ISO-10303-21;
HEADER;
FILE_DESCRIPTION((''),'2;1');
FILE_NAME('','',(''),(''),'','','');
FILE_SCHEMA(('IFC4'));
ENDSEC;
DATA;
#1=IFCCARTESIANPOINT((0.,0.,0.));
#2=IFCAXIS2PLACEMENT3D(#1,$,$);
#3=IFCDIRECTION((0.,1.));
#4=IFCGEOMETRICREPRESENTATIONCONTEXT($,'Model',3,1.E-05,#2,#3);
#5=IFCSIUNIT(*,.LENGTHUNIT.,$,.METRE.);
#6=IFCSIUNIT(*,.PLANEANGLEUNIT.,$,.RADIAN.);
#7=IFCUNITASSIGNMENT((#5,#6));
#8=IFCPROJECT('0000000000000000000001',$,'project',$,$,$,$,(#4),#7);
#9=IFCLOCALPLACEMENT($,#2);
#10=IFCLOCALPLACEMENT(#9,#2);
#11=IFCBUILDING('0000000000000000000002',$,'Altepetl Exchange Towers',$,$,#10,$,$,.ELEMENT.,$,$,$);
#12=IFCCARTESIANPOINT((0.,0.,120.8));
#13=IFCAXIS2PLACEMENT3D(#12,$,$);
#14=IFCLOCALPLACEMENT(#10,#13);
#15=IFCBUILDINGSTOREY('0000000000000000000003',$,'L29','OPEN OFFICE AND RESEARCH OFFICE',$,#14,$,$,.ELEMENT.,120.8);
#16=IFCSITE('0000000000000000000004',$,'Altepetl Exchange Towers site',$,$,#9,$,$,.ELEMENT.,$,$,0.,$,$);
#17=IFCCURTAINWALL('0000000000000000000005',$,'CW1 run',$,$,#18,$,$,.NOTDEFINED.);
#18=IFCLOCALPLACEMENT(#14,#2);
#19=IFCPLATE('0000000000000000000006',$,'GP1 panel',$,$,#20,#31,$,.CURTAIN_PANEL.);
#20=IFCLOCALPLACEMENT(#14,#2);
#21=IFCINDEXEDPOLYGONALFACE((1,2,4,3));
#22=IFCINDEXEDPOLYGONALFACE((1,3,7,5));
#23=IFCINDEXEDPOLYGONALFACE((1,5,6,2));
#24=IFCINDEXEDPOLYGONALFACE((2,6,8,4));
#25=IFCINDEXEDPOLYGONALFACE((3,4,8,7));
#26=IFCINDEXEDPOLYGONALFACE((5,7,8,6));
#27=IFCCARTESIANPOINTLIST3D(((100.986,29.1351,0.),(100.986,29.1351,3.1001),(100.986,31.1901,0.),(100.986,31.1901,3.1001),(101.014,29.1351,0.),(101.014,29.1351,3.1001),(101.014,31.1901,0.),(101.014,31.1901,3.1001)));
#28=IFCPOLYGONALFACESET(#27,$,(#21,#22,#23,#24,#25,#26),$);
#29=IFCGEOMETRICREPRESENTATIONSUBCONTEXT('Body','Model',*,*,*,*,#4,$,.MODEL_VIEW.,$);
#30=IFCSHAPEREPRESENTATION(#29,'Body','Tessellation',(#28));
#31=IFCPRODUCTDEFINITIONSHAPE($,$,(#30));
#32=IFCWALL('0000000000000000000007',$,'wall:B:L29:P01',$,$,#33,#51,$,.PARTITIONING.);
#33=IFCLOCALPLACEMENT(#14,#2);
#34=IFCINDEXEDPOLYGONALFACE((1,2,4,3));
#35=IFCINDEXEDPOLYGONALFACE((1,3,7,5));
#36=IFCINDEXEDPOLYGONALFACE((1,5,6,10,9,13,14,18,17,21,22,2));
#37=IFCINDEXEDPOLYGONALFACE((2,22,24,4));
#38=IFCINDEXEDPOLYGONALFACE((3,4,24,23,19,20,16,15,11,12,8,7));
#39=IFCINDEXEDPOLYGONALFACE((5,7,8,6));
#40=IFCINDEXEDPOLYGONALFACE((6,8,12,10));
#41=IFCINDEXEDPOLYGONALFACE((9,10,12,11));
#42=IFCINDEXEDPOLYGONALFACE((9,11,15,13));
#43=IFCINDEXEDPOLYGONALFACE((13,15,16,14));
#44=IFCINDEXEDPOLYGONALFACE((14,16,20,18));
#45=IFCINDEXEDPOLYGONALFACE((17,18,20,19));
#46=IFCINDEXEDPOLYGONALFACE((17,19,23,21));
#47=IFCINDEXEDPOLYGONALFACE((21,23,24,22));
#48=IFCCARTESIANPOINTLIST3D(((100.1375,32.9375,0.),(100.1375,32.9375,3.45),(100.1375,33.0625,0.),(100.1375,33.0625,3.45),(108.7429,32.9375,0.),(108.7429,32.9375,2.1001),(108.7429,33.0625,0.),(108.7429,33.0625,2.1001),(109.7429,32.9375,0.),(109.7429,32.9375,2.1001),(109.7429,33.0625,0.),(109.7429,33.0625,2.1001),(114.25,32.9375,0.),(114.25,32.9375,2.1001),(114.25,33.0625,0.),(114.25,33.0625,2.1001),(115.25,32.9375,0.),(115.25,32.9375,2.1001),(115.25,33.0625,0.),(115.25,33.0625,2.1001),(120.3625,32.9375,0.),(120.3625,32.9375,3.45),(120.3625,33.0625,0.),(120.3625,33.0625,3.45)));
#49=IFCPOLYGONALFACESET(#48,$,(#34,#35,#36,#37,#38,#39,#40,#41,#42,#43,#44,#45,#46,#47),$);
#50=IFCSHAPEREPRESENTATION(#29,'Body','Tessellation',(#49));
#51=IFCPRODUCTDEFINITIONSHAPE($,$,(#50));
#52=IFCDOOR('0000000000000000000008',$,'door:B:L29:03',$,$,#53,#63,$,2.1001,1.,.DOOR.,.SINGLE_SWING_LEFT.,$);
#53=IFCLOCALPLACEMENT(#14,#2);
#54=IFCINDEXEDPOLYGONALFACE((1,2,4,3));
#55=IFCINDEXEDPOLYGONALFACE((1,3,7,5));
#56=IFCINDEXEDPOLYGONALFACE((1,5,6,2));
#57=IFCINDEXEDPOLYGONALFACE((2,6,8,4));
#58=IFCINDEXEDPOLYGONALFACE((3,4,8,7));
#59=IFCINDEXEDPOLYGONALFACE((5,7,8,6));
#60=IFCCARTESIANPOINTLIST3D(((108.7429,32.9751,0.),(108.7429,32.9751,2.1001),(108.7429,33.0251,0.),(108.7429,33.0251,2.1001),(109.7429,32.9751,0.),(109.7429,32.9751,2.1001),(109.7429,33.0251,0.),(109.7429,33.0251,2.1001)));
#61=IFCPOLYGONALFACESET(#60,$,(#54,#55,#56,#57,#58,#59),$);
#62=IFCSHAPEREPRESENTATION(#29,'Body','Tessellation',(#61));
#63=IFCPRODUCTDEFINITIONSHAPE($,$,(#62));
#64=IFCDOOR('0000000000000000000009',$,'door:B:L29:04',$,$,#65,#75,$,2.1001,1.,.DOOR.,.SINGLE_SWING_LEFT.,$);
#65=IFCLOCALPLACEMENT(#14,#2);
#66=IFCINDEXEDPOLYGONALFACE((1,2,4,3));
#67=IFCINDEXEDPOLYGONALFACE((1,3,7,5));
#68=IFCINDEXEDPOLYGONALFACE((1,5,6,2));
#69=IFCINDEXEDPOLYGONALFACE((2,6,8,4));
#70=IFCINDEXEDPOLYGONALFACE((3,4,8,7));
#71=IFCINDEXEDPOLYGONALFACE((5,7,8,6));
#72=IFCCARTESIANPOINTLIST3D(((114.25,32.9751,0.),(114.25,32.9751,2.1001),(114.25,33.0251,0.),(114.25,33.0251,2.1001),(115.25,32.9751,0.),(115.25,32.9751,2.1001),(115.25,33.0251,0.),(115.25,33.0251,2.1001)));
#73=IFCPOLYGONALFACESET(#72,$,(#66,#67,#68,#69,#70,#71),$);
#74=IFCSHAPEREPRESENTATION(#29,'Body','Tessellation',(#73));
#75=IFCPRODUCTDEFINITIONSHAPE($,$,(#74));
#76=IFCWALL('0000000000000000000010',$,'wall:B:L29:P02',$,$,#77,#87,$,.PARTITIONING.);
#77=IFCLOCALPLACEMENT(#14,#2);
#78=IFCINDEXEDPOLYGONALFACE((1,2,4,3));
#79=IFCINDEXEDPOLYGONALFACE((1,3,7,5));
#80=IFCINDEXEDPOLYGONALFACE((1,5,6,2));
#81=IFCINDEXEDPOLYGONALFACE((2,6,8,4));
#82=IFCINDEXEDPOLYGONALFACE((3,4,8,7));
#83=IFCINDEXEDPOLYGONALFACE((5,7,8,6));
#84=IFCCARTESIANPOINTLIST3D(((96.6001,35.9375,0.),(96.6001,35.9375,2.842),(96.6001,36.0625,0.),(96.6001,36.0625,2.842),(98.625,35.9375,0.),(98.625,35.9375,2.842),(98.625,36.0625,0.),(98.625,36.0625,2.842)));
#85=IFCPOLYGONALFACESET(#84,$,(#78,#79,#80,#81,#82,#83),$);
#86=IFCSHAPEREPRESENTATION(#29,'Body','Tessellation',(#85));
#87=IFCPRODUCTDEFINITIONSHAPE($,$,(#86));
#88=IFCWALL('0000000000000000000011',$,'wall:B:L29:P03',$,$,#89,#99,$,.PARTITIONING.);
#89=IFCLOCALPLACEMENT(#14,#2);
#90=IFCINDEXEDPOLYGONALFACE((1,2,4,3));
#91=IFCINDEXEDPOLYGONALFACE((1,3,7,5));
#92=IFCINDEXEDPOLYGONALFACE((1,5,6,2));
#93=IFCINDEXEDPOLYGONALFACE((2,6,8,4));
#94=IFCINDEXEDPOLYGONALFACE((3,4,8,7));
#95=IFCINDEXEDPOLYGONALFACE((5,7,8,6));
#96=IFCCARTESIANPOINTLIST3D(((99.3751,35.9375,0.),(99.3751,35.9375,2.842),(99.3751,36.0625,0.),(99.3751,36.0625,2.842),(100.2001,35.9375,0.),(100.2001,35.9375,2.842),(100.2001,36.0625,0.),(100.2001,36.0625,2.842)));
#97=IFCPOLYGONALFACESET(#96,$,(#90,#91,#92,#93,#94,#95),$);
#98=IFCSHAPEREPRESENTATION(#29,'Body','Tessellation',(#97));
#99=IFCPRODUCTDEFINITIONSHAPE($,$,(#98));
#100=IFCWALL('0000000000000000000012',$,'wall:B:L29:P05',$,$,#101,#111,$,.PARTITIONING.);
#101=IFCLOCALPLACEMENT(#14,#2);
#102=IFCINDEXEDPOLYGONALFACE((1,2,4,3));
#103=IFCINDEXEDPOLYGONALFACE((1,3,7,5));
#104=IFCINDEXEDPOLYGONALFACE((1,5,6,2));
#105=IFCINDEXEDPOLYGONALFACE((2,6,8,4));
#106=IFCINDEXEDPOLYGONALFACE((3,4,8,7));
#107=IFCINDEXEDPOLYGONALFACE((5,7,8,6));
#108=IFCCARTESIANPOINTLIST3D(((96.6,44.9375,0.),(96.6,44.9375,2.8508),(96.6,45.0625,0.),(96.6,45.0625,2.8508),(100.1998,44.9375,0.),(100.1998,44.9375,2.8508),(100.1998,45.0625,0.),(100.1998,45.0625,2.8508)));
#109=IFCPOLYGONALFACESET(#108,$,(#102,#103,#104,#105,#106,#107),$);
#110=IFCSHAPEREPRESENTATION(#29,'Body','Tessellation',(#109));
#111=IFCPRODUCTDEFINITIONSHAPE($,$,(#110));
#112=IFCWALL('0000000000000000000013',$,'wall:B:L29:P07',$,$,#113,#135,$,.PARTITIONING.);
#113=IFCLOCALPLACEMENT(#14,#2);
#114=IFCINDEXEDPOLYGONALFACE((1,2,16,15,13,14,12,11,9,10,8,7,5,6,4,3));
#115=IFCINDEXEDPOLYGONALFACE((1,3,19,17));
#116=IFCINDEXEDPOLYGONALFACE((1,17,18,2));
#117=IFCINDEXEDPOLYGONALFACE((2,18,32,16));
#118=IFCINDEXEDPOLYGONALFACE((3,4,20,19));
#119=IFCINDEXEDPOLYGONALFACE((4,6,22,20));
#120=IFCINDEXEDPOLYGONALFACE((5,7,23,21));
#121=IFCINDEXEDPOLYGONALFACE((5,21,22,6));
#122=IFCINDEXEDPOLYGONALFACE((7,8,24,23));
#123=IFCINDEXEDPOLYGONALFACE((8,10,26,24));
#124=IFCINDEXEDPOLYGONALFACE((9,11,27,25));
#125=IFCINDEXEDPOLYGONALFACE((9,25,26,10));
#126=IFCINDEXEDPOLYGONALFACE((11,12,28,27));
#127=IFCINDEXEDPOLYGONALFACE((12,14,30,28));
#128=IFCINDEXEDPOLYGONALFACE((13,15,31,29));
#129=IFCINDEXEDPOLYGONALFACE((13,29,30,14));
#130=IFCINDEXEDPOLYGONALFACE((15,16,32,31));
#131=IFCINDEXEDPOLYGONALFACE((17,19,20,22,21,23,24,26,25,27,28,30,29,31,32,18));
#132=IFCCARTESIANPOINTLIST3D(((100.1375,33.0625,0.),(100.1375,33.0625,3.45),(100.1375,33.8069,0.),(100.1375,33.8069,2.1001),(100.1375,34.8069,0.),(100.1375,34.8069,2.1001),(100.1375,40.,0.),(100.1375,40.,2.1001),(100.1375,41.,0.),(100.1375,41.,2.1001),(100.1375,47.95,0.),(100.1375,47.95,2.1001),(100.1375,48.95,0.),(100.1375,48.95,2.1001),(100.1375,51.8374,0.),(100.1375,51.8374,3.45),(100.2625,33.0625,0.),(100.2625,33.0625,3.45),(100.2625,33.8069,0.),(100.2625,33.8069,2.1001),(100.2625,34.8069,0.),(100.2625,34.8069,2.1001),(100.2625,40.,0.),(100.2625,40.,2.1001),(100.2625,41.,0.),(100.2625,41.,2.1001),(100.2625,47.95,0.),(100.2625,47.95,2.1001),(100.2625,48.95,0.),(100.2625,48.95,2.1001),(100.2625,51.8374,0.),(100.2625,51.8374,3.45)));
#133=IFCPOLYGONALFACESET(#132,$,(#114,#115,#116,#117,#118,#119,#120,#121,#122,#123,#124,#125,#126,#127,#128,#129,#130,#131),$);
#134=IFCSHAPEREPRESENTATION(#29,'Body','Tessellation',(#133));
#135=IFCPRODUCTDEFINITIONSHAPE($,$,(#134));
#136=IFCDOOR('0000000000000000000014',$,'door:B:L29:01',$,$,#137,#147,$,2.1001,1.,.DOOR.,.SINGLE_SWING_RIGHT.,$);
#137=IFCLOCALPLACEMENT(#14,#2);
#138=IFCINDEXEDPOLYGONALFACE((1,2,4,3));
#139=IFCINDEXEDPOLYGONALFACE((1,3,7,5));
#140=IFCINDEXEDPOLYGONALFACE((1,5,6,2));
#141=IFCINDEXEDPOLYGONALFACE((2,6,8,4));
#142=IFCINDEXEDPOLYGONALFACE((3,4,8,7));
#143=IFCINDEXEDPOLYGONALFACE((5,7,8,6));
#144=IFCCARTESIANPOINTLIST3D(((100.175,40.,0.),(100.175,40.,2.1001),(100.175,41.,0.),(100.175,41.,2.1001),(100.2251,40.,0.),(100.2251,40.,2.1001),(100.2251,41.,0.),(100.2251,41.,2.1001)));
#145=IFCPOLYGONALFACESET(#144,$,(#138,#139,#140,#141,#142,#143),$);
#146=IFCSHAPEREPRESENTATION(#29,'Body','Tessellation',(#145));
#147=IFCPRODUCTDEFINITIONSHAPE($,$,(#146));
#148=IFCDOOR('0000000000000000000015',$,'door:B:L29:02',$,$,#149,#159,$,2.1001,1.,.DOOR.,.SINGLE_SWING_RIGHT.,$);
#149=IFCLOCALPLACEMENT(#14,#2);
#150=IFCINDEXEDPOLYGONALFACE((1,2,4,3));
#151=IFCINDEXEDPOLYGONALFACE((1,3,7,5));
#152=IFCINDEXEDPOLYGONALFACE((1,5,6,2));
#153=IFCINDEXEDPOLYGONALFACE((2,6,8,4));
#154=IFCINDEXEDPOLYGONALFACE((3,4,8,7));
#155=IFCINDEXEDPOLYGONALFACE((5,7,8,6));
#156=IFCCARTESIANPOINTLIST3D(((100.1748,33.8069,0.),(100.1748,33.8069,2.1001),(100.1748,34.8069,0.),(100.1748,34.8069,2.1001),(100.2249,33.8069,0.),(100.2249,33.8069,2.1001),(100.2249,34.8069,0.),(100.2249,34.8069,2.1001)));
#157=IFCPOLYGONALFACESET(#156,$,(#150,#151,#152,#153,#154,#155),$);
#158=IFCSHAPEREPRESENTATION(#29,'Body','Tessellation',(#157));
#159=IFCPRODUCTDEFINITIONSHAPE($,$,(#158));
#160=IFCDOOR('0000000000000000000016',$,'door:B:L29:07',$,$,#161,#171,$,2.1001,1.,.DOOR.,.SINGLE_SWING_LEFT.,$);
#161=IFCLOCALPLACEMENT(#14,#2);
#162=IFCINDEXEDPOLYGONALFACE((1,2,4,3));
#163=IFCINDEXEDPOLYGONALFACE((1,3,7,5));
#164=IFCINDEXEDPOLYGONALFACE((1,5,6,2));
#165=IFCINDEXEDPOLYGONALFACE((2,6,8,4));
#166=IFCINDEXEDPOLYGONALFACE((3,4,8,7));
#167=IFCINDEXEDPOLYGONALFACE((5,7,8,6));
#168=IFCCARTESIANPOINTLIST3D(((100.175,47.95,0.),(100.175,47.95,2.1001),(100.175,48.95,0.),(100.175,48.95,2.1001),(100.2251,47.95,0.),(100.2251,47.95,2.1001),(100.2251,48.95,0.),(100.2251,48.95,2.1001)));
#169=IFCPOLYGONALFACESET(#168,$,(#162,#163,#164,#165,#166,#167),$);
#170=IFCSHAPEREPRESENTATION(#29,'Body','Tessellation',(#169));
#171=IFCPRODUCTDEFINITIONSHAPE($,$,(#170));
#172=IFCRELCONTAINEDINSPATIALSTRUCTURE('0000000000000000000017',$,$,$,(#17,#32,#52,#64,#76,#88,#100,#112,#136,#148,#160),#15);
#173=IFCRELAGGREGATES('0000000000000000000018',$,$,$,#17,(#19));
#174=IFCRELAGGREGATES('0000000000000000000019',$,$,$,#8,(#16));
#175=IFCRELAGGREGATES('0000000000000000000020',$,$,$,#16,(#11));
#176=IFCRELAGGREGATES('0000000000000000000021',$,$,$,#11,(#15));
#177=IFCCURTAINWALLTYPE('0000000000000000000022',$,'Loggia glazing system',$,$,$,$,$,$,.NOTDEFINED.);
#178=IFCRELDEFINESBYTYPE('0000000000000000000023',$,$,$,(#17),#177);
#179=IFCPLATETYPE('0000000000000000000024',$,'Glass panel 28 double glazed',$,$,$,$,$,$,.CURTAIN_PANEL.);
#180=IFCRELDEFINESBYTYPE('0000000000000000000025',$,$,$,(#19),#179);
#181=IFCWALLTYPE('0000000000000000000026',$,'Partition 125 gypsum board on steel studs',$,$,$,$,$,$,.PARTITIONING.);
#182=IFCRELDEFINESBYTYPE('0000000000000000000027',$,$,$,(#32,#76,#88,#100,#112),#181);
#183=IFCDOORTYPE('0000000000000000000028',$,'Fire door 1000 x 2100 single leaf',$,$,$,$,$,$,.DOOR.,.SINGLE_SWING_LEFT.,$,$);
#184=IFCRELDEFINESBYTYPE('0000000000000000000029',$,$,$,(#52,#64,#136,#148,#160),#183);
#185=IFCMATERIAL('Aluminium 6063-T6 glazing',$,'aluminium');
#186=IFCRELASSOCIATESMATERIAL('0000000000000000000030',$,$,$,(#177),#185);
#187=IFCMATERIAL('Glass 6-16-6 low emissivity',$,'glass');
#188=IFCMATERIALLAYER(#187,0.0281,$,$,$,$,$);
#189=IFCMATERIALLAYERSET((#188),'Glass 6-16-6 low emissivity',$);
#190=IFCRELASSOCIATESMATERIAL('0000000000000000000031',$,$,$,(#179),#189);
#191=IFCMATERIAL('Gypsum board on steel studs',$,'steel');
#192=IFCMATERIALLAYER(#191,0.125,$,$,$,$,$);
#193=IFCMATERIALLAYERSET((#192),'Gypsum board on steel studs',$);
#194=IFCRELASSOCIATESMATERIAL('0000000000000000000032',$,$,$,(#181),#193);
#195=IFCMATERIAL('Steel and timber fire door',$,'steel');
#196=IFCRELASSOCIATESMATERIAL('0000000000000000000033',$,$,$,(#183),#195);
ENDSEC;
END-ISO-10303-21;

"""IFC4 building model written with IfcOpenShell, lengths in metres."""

from ifc_helpers import new_model, si_unit, direction, frame, frame_2d, origin, origin_2d, place, context, subcontext, project, spatial, rectangle, extrude, material, layer, layer_set, type_object, element, fill, aggregate, save


model = new_model("IFC4")

# Units and contexts
model_context = context("Model", 3, precision=1e-05, world=origin(), true_north=direction((0.0, 1.0)))
body_context = subcontext(model_context, "Body", "Model", "MODEL_VIEW")
ifc_project = project(units=[si_unit("LENGTHUNIT", "METRE"), si_unit("PLANEANGLEUNIT", "RADIAN")], contexts=[model_context])

# Site, building, storey
site_placement = place(None, origin())
site = spatial("IfcSite", under=ifc_project, at=site_placement, Name="Altepetl Exchange Towers site", CompositionType="ELEMENT", RefElevation=0.0)
building_placement = place(site_placement, origin())
building = spatial("IfcBuilding", under=site, at=building_placement, Name="Altepetl Exchange Towers", CompositionType="ELEMENT")
storey_placement = place(building_placement, frame((0.0, 0.0, 120.8)))
storey = spatial("IfcBuildingStorey", under=building, at=storey_placement, Name="L29", Description="OPEN OFFICE AND RESEARCH OFFICE", CompositionType="ELEMENT", Elevation=120.8)

# Curtain wall
ifc_material_1 = material(Name="Aluminium 6063-T6 glazing", Category="aluminium")
curtain_wall_type = type_object("IfcCurtainWallType", Name="Loggia glazing system", PredefinedType="NOTDEFINED", material=ifc_material_1)
curtain_wall_1_placement = place(storey_placement, origin())
curtain_wall_1 = element("IfcCurtainWall", 1, at=curtain_wall_1_placement, inside=storey, type_object=curtain_wall_type, Name="CW1 run", PredefinedType="NOTDEFINED")

# Plate
ifc_material_2 = material(Name="Glass 6-16-6 low emissivity", Category="glass")
ifc_layer_1 = layer(ifc_material_2, 0.0281)
ifc_layer_set_1 = layer_set([ifc_layer_1], Name="Glass 6-16-6 low emissivity")
plate_type = type_object("IfcPlateType", Name="Glass panel 28 double glazed", PredefinedType="CURTAIN_PANEL", material=ifc_layer_set_1)
plate_1_placement = place(storey_placement, frame((101.0, 30.1626, 0.0), z_axis=(0.0, 0.0, 1.0), x_axis=(0.0, -1.0, 0.0)))
plate_1 = element("IfcPlate", 2, at=plate_1_placement, type_object=plate_type, Name="GP1 panel", PredefinedType="CURTAIN_PANEL", context=body_context, shape_type="SweptSolid", body=[
    extrude(rectangle(XDim=2.0549, YDim=0.0281, at=origin_2d()), origin(), (0.0, 0.0, 1.0), 3.1001),
])
aggregate(curtain_wall_1, [plate_1])

# Wall, openings, doors
ifc_material_3 = material(Name="Gypsum board on steel studs", Category="steel")
ifc_layer_2 = layer(ifc_material_3, 0.125)
ifc_layer_set_2 = layer_set([ifc_layer_2], Name="Gypsum board on steel studs")
wall_type = type_object("IfcWallType", Name="Partition 125 gypsum board on steel studs", PredefinedType="PARTITIONING", material=ifc_layer_set_2)
wall_1_placement = place(storey_placement, frame((100.1375, 33.0, 0.0)))
wall_1 = element("IfcWall", 3, at=wall_1_placement, inside=storey, type_object=wall_type, Name="wall:B:L29:P01", PredefinedType="PARTITIONING", context=body_context, shape_type="SweptSolid", body=[
    extrude(rectangle(XDim=20.2251, YDim=0.125, at=frame_2d((10.1125, 0.0))), origin(), (0.0, 0.0, 1.0), 3.45),
])
opening_1_placement = place(wall_1_placement, frame((8.6055, 0.0, 0.0)))
opening_1 = element("IfcOpeningElement", 4, at=opening_1_placement, cuts=wall_1, PredefinedType="OPENING", context=body_context, shape_type="SweptSolid", body=[
    extrude(rectangle(XDim=1.0, YDim=2.1001, at=frame_2d((0.5, 1.05))), frame((0.0, 0.0725, 0.0), z_axis=(0.0, -1.0, 0.0), x_axis=(1.0, 0.0, 0.0)), (0.0, 0.0, 1.0), 0.145),
])
opening_2_placement = place(wall_1_placement, frame((14.1125, 0.0, 0.0)))
opening_2 = element("IfcOpeningElement", 5, at=opening_2_placement, cuts=wall_1, PredefinedType="OPENING", context=body_context, shape_type="SweptSolid", body=[
    extrude(rectangle(XDim=1.0, YDim=2.1001, at=frame_2d((0.5, 1.05))), frame((0.0, 0.0725, 0.0), z_axis=(0.0, -1.0, 0.0), x_axis=(1.0, 0.0, 0.0)), (0.0, 0.0, 1.0), 0.145),
])
ifc_material_4 = material(Name="Steel and timber fire door", Category="steel")
door_type = type_object("IfcDoorType", Name="Fire door 1000 x 2100 single leaf", OperationType="SINGLE_SWING_LEFT", PredefinedType="DOOR", material=ifc_material_4)
door_1_placement = place(opening_1_placement, frame((1.0, 0.0, 0.0), x_axis=(-1.0, 0.0, 0.0)))
door_1 = element("IfcDoor", 6, at=door_1_placement, inside=storey, type_object=door_type, Name="door:B:L29:03", OperationType="SINGLE_SWING_LEFT", OverallHeight=2.1001, OverallWidth=1.0, PredefinedType="DOOR", context=body_context, shape_type="SweptSolid", body=[
    extrude(rectangle(XDim=1.0, YDim=2.1001, at=frame_2d((0.5, 1.05))), frame((0.0, 0.0249, 0.0), z_axis=(0.0, -1.0, 0.0), x_axis=(1.0, 0.0, 0.0)), (0.0, 0.0, 1.0), 0.05),
])
fill(opening_1, door_1)
door_2_placement = place(opening_2_placement, frame((1.0, 0.0, 0.0), x_axis=(-1.0, 0.0, 0.0)))
door_2 = element("IfcDoor", 7, at=door_2_placement, inside=storey, type_object=door_type, Name="door:B:L29:04", OperationType="SINGLE_SWING_LEFT", OverallHeight=2.1001, OverallWidth=1.0, PredefinedType="DOOR", context=body_context, shape_type="SweptSolid", body=[
    extrude(rectangle(XDim=1.0, YDim=2.1001, at=frame_2d((0.5, 1.05))), frame((0.0, 0.0249, 0.0), z_axis=(0.0, -1.0, 0.0), x_axis=(1.0, 0.0, 0.0)), (0.0, 0.0, 1.0), 0.05),
])
fill(opening_2, door_2)

# Walls
wall_2_placement = place(storey_placement, frame((96.6001, 36.0, 0.0)))
element("IfcWall", 8, at=wall_2_placement, inside=storey, type_object=wall_type, Name="wall:B:L29:P02", PredefinedType="PARTITIONING", context=body_context, shape_type="SweptSolid", body=[
    extrude(rectangle(XDim=2.0249, YDim=0.125, at=frame_2d((1.0125, 0.0))), origin(), (0.0, 0.0, 1.0), 2.842),
])
wall_3_placement = place(storey_placement, frame((99.375, 36.0, 0.0)))
element("IfcWall", 9, at=wall_3_placement, inside=storey, type_object=wall_type, Name="wall:B:L29:P03", PredefinedType="PARTITIONING", context=body_context, shape_type="SweptSolid", body=[
    extrude(rectangle(XDim=0.825, YDim=0.125, at=frame_2d((0.4126, 0.0))), origin(), (0.0, 0.0, 1.0), 2.842),
])
wall_4_placement = place(storey_placement, frame((96.6001, 45.0, 0.0)))
element("IfcWall", 10, at=wall_4_placement, inside=storey, type_object=wall_type, Name="wall:B:L29:P05", PredefinedType="PARTITIONING", context=body_context, shape_type="SweptSolid", body=[
    extrude(rectangle(XDim=3.5999, YDim=0.125, at=frame_2d((1.7998, 0.0))), origin(), (0.0, 0.0, 1.0), 2.8508),
])

# Wall, openings, doors
wall_5_placement = place(storey_placement, frame((100.2, 33.0625, 0.0), z_axis=(0.0, 0.0, 1.0), x_axis=(0.0, 1.0, 0.0)))
wall_5 = element("IfcWall", 11, at=wall_5_placement, inside=storey, type_object=wall_type, Name="wall:B:L29:P07", PredefinedType="PARTITIONING", context=body_context, shape_type="SweptSolid", body=[
    extrude(rectangle(XDim=18.7749, YDim=0.125, at=frame_2d((9.3875, 0.0))), origin(), (0.0, 0.0, 1.0), 3.45),
])
opening_3_placement = place(wall_5_placement, frame((6.9375, 0.0, 0.0)))
opening_3 = element("IfcOpeningElement", 12, at=opening_3_placement, cuts=wall_5, PredefinedType="OPENING", context=body_context, shape_type="SweptSolid", body=[
    extrude(rectangle(XDim=1.0, YDim=2.1001, at=frame_2d((0.5, 1.05))), frame((0.0, 0.0725, 0.0), z_axis=(0.0, -1.0, 0.0), x_axis=(1.0, 0.0, 0.0)), (0.0, 0.0, 1.0), 0.145),
])
opening_4_placement = place(wall_5_placement, frame((0.7444, 0.0, 0.0)))
opening_4 = element("IfcOpeningElement", 13, at=opening_4_placement, cuts=wall_5, PredefinedType="OPENING", context=body_context, shape_type="SweptSolid", body=[
    extrude(rectangle(XDim=1.0, YDim=2.1001, at=frame_2d((0.5, 1.05))), frame((0.0, 0.0725, 0.0), z_axis=(0.0, -1.0, 0.0), x_axis=(1.0, 0.0, 0.0)), (0.0, 0.0, 1.0), 0.145),
])
opening_5_placement = place(wall_5_placement, frame((14.8875, 0.0, 0.0)))
opening_5 = element("IfcOpeningElement", 14, at=opening_5_placement, cuts=wall_5, PredefinedType="OPENING", context=body_context, shape_type="SweptSolid", body=[
    extrude(rectangle(XDim=1.0, YDim=2.1001, at=frame_2d((0.5, 1.05))), frame((0.0, 0.0725, 0.0), z_axis=(0.0, -1.0, 0.0), x_axis=(1.0, 0.0, 0.0)), (0.0, 0.0, 1.0), 0.145),
])
door_3_placement = place(opening_3_placement, origin())
door_3 = element("IfcDoor", 15, at=door_3_placement, inside=storey, type_object=door_type, Name="door:B:L29:01", OperationType="SINGLE_SWING_RIGHT", OverallHeight=2.1001, OverallWidth=1.0, PredefinedType="DOOR", context=body_context, shape_type="SweptSolid", body=[
    extrude(rectangle(XDim=1.0, YDim=2.1001, at=frame_2d((0.5, 1.05))), frame((0.0, 0.0249, 0.0), z_axis=(0.0, -1.0, 0.0), x_axis=(1.0, 0.0, 0.0)), (0.0, 0.0, 1.0), 0.05),
])
fill(opening_3, door_3)
door_4_placement = place(opening_4_placement, frame((1.0, 0.0, 0.0), x_axis=(-1.0, 0.0, 0.0)))
door_4 = element("IfcDoor", 16, at=door_4_placement, inside=storey, type_object=door_type, Name="door:B:L29:02", OperationType="SINGLE_SWING_RIGHT", OverallHeight=2.1001, OverallWidth=1.0, PredefinedType="DOOR", context=body_context, shape_type="SweptSolid", body=[
    extrude(rectangle(XDim=1.0, YDim=2.1001, at=frame_2d((0.5, 1.05))), frame((0.0, 0.0249, 0.0), z_axis=(0.0, -1.0, 0.0), x_axis=(1.0, 0.0, 0.0)), (0.0, 0.0, 1.0), 0.05),
])
fill(opening_4, door_4)
door_5_placement = place(opening_5_placement, origin())
door_5 = element("IfcDoor", 17, at=door_5_placement, inside=storey, type_object=door_type, Name="door:B:L29:07", OperationType="SINGLE_SWING_LEFT", OverallHeight=2.1001, OverallWidth=1.0, PredefinedType="DOOR", context=body_context, shape_type="SweptSolid", body=[
    extrude(rectangle(XDim=1.0, YDim=2.1001, at=frame_2d((0.5, 1.05))), frame((0.0, 0.0249, 0.0), z_axis=(0.0, -1.0, 0.0), x_axis=(1.0, 0.0, 0.0)), (0.0, 0.0, 1.0), 0.05),
])
fill(opening_5, door_5)

save(model, "model.ifc")
